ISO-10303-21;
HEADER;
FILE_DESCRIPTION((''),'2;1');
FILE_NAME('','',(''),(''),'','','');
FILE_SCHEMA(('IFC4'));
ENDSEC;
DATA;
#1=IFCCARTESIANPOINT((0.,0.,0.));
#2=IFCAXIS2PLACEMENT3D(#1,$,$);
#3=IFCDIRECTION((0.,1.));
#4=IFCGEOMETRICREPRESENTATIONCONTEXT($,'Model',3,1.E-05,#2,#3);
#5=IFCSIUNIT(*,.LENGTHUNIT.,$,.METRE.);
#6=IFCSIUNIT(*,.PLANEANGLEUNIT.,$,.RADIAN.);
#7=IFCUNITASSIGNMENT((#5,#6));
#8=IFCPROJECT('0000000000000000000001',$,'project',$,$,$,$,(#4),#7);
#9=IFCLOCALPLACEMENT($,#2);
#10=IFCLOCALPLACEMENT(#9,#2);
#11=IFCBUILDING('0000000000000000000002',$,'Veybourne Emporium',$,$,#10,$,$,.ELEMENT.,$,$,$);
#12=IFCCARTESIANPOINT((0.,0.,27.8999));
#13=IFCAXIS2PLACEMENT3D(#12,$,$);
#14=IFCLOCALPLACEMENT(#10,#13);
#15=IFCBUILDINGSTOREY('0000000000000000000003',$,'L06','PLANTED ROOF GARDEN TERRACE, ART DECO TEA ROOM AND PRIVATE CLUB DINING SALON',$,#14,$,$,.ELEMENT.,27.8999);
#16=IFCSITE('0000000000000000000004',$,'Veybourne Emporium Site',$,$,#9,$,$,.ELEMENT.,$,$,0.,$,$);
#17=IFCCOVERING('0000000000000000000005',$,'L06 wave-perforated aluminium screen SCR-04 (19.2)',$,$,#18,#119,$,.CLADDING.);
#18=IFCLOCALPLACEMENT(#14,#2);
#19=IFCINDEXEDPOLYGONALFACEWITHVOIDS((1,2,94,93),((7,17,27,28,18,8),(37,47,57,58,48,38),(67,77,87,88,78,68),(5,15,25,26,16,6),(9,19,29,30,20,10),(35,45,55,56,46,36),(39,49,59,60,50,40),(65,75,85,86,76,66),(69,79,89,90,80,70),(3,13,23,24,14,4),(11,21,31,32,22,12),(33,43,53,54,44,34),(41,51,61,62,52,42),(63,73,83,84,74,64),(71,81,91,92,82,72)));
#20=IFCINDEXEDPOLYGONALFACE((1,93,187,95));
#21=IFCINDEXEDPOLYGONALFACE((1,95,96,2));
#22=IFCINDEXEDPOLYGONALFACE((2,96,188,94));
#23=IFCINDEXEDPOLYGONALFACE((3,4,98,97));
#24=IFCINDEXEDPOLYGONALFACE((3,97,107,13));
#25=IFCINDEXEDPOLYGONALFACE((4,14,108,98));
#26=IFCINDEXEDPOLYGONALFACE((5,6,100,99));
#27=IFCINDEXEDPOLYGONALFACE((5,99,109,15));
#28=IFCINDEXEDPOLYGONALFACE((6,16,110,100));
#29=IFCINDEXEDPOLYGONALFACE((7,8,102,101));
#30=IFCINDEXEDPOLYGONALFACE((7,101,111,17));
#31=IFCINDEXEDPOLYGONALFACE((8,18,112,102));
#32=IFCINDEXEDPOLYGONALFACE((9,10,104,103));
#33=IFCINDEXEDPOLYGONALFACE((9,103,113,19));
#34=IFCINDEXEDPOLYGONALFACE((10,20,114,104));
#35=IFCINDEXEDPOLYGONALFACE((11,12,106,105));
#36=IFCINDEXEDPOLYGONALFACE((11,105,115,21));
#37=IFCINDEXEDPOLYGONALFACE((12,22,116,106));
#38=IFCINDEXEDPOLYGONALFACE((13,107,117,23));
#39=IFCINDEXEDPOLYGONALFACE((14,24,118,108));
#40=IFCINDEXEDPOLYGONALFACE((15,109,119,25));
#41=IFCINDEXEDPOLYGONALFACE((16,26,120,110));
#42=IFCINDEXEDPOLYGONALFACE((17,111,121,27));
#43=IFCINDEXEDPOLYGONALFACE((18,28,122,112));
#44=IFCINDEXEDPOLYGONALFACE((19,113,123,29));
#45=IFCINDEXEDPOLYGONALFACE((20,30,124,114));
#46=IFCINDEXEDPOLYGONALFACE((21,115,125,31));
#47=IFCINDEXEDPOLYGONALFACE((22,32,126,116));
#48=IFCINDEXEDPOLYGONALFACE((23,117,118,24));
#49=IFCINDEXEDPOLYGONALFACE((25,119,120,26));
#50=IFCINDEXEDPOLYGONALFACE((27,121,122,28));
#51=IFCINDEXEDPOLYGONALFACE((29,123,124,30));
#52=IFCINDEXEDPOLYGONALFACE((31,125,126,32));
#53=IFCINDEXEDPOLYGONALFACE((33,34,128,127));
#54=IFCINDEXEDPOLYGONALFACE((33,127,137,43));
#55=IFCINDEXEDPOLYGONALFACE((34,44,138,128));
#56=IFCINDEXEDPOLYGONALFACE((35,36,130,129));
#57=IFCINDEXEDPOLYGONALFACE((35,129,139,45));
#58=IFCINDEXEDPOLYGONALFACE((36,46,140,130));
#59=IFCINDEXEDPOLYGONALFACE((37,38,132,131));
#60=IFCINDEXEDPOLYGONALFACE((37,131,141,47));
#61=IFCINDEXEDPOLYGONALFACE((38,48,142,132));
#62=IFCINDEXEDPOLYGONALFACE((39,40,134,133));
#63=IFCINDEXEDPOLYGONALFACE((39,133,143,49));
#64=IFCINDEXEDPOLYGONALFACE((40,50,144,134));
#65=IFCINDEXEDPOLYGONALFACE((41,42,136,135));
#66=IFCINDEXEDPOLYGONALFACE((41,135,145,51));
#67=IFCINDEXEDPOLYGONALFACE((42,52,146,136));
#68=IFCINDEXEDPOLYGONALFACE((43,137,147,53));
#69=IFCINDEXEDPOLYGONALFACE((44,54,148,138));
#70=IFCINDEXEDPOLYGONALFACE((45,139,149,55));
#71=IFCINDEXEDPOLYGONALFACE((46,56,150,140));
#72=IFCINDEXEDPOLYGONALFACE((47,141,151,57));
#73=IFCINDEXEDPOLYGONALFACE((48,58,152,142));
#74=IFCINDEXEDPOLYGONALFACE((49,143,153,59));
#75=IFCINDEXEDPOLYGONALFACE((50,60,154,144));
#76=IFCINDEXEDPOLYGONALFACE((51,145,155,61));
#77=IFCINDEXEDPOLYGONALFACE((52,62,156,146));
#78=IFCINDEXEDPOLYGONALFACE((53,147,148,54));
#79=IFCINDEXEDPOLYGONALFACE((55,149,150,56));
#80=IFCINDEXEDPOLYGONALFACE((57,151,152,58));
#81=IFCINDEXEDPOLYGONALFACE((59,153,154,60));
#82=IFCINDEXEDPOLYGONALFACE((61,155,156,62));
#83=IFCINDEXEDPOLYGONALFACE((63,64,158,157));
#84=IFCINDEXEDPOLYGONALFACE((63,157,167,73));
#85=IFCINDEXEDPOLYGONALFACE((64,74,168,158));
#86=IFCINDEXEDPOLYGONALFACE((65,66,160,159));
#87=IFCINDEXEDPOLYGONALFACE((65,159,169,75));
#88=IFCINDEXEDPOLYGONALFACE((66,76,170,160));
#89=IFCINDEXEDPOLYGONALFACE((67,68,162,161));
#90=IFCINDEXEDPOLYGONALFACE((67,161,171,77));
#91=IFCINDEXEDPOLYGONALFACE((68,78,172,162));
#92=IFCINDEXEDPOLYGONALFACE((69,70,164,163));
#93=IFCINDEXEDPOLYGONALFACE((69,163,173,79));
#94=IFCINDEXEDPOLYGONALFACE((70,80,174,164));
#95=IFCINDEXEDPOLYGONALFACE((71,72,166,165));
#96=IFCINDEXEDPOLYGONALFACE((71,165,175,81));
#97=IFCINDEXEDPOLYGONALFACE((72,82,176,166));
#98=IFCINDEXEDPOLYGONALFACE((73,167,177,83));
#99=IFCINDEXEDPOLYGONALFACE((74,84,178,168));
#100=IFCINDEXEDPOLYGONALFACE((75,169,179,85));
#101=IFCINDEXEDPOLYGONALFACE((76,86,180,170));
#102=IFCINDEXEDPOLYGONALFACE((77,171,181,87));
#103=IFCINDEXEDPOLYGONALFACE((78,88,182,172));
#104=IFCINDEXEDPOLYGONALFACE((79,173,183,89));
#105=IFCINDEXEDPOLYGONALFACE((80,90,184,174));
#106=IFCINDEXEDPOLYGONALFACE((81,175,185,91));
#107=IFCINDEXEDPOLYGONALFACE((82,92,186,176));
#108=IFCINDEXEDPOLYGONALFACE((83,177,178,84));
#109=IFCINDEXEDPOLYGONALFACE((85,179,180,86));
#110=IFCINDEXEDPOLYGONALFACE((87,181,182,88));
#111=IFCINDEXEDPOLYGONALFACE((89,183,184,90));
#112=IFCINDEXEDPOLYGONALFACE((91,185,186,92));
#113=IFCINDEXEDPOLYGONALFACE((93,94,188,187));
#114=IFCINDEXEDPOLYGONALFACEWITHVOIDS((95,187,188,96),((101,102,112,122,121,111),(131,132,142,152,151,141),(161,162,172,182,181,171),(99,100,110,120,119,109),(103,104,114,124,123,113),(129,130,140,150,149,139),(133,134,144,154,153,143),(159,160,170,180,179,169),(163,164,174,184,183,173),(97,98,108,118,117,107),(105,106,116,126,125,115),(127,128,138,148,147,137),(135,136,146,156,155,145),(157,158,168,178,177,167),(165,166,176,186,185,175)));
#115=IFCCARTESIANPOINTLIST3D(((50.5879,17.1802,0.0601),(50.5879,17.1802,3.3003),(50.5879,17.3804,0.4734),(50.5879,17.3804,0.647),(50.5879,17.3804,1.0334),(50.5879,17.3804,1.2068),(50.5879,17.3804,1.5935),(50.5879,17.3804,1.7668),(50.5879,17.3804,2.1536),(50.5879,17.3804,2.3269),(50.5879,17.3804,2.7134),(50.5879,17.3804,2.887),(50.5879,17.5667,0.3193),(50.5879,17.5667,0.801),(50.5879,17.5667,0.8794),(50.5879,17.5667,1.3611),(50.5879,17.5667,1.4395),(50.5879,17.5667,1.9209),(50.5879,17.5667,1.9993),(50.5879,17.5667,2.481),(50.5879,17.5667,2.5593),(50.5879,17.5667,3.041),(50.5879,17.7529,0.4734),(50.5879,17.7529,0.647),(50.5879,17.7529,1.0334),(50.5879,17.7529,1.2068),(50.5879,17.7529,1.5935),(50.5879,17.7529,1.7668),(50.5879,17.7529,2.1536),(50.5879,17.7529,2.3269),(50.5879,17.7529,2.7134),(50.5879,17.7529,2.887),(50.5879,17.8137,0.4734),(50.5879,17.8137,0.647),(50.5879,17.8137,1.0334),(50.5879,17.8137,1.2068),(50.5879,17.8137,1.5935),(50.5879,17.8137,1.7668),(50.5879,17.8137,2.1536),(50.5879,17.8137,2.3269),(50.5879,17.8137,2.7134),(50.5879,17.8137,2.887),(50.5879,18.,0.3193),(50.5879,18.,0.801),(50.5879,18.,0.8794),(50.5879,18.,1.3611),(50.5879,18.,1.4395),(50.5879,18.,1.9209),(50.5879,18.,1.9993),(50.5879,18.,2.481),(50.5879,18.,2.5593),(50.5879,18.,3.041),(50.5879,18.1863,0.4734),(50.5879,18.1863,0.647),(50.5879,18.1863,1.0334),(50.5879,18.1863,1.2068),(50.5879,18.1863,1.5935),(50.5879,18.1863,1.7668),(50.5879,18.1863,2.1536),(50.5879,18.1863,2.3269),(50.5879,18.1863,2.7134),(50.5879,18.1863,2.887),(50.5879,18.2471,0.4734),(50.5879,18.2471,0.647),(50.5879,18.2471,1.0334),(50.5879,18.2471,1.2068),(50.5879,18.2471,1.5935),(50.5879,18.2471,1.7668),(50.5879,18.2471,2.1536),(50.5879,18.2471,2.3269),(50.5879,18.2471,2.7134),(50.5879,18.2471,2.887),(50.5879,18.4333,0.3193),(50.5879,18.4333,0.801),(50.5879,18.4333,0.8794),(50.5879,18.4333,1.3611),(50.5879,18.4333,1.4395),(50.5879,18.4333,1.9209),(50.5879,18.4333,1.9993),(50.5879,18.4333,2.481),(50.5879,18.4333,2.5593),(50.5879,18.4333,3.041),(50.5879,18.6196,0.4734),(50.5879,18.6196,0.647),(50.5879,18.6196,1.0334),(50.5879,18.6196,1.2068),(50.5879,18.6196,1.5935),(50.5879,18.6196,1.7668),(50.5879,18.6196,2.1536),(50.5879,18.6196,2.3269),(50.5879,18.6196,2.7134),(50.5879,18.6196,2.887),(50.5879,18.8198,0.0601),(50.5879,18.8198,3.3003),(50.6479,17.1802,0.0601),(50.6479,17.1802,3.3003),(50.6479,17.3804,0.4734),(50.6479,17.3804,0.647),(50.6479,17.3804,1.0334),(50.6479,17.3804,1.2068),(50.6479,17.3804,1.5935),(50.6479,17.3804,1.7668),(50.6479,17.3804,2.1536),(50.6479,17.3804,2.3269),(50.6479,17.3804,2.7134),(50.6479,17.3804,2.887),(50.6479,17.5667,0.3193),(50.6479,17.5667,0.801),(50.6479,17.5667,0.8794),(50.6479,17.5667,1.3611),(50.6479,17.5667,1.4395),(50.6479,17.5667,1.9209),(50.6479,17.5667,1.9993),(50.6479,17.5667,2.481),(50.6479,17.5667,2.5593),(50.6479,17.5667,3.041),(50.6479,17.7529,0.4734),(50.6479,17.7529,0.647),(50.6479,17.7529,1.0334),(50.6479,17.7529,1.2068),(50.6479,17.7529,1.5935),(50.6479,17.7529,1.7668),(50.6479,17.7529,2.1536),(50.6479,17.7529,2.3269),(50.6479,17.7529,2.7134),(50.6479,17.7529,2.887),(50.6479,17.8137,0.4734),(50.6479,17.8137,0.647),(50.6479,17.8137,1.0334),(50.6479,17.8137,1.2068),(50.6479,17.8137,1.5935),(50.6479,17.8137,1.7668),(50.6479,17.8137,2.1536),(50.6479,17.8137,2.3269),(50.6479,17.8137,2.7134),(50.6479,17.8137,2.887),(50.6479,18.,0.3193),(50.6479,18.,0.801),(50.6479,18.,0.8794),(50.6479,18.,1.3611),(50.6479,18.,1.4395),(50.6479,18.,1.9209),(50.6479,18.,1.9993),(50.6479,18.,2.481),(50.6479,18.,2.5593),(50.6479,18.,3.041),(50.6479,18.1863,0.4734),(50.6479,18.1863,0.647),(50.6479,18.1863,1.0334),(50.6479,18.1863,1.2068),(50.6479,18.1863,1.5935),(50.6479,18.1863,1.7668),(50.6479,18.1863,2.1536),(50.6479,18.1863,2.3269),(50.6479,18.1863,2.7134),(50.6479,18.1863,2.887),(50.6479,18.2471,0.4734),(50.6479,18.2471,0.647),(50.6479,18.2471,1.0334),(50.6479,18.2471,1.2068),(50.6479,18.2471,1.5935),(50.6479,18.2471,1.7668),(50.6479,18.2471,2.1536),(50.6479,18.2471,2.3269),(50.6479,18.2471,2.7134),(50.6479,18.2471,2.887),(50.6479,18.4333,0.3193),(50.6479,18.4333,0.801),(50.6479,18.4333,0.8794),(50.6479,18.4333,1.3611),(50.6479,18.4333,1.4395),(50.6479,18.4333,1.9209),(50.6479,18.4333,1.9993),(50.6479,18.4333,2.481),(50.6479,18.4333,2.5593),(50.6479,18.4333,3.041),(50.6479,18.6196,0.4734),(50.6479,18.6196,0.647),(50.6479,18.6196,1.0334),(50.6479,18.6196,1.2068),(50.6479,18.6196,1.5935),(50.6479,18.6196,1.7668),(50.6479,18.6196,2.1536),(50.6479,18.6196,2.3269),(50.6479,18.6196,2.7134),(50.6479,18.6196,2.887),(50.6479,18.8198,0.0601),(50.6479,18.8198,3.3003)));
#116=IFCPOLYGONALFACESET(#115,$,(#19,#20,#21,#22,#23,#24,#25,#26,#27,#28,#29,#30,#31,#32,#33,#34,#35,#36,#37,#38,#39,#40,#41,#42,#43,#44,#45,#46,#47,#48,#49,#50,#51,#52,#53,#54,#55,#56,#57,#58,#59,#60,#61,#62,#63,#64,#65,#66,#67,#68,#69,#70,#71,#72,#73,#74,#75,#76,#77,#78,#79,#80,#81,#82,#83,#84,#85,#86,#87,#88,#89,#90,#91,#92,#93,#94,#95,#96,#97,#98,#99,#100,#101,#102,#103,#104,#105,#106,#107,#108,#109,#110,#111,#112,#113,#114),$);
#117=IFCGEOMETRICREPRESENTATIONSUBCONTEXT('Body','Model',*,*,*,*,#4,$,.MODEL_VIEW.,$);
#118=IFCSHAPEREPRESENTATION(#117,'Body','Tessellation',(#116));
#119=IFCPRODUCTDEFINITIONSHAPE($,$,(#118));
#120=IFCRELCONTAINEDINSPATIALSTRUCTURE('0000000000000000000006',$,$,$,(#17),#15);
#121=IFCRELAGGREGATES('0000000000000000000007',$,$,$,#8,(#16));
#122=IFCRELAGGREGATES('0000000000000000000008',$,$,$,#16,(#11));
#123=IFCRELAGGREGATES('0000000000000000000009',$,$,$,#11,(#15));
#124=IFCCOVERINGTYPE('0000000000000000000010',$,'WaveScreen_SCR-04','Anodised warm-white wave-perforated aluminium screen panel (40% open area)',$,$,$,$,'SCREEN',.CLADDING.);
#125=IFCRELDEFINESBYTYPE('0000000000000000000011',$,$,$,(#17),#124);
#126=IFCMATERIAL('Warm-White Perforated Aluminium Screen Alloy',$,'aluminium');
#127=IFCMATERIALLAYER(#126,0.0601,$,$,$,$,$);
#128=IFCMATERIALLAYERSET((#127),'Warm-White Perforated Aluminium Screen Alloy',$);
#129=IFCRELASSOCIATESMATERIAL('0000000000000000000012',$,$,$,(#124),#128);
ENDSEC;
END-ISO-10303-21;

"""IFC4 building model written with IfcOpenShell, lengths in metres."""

from ifc_helpers import new_model, si_unit, direction, frame, origin, place, context, subcontext, project, spatial, polyline, outline, extrude, material, layer, layer_set, type_object, element, save


model = new_model("IFC4")

# Units and contexts
model_context = context("Model", 3, precision=1e-05, world=origin(), true_north=direction((0.0, 1.0)))
body_context = subcontext(model_context, "Body", "Model", "MODEL_VIEW")
ifc_project = project(units=[si_unit("LENGTHUNIT", "METRE"), si_unit("PLANEANGLEUNIT", "RADIAN")], contexts=[model_context])

# Site, building, storey
site_placement = place(None, origin())
site = spatial("IfcSite", under=ifc_project, at=site_placement, Name="Veybourne Emporium Site", CompositionType="ELEMENT", RefElevation=0.0)
building_placement = place(site_placement, origin())
building = spatial("IfcBuilding", under=site, at=building_placement, Name="Veybourne Emporium", CompositionType="ELEMENT")
storey_placement = place(building_placement, frame((0.0, 0.0, 27.8999)))
storey = spatial("IfcBuildingStorey", under=building, at=storey_placement, Name="L06", Description="PLANTED ROOF GARDEN TERRACE, ART DECO TEA ROOM AND PRIVATE CLUB DINING SALON", CompositionType="ELEMENT", Elevation=27.8999)

# Covering
ifc_material_1 = material(Name="Warm-White Perforated Aluminium Screen Alloy", Category="aluminium")
ifc_layer_1 = layer(ifc_material_1, 0.0601)
ifc_layer_set_1 = layer_set([ifc_layer_1], Name="Warm-White Perforated Aluminium Screen Alloy")
covering_type_1 = type_object("IfcCoveringType", Name="WaveScreen_SCR-04", Description="Anodised warm-white wave-perforated aluminium screen panel (40% open area)", ElementType="SCREEN", PredefinedType="CLADDING", material=ifc_layer_set_1)
covering_1_placement = place(storey_placement, frame((50.6479, 18.0, 1.6802), z_axis=(-1.0, 0.0, 0.0), x_axis=(0.0, -1.0, 0.0)))
element("IfcCovering", 1, at=covering_1_placement, inside=storey, type_object=covering_type_1, Name="L06 wave-perforated aluminium screen SCR-04 (19.2)", PredefinedType="CLADDING", context=body_context, shape_type="SweptSolid", body=[
    extrude(outline(polyline([(-0.8198, -1.6201), (0.8198, -1.6201), (0.8198, 1.6201), (-0.8198, 1.6201), (-0.8198, -1.6201)]), holes=[polyline([(-0.4333, -0.8792), (-0.2471, -1.0332), (-0.2471, -1.2068), (-0.4333, -1.3608), (-0.6196, -1.2068), (-0.6196, -1.0332), (-0.4333, -0.8792)]), polyline([(-0.4333, -0.3191), (-0.2471, -0.4734), (-0.2471, -0.6467), (-0.4333, -0.8008), (-0.6196, -0.6467), (-0.6196, -0.4734), (-0.4333, -0.3191)]), polyline([(-0.4333, 0.2407), (-0.2471, 0.0867), (-0.2471, -0.0867), (-0.4333, -0.2407), (-0.6196, -0.0867), (-0.6196, 0.0867), (-0.4333, 0.2407)]), polyline([(-0.4333, 0.8008), (-0.2471, 0.6467), (-0.2471, 0.4734), (-0.4333, 0.3191), (-0.6196, 0.4734), (-0.6196, 0.6467), (-0.4333, 0.8008)]), polyline([(-0.4333, 1.3608), (-0.2471, 1.2068), (-0.2471, 1.0332), (-0.4333, 0.8792), (-0.6196, 1.0332), (-0.6196, 1.2068), (-0.4333, 1.3608)]), polyline([(0.0, -0.8792), (0.1863, -1.0332), (0.1863, -1.2068), (0.0, -1.3608), (-0.1863, -1.2068), (-0.1863, -1.0332), (0.0, -0.8792)]), polyline([(0.0, -0.3191), (0.1863, -0.4734), (0.1863, -0.6467), (0.0, -0.8008), (-0.1863, -0.6467), (-0.1863, -0.4734), (0.0, -0.3191)]), polyline([(0.0, 0.2407), (0.1863, 0.0867), (0.1863, -0.0867), (0.0, -0.2407), (-0.1863, -0.0867), (-0.1863, 0.0867), (0.0, 0.2407)]), polyline([(0.0, 0.8008), (0.1863, 0.6467), (0.1863, 0.4734), (0.0, 0.3191), (-0.1863, 0.4734), (-0.1863, 0.6467), (0.0, 0.8008)]), polyline([(0.0, 1.3608), (0.1863, 1.2068), (0.1863, 1.0332), (0.0, 0.8792), (-0.1863, 1.0332), (-0.1863, 1.2068), (0.0, 1.3608)]), polyline([(0.4333, -0.8792), (0.6196, -1.0332), (0.6196, -1.2068), (0.4333, -1.3608), (0.2471, -1.2068), (0.2471, -1.0332), (0.4333, -0.8792)]), polyline([(0.4333, -0.3191), (0.6196, -0.4734), (0.6196, -0.6467), (0.4333, -0.8008), (0.2471, -0.6467), (0.2471, -0.4734), (0.4333, -0.3191)]), polyline([(0.4333, 0.2407), (0.6196, 0.0867), (0.6196, -0.0867), (0.4333, -0.2407), (0.2471, -0.0867), (0.2471, 0.0867), (0.4333, 0.2407)]), polyline([(0.4333, 0.8008), (0.6196, 0.6467), (0.6196, 0.4734), (0.4333, 0.3191), (0.2471, 0.4734), (0.2471, 0.6467), (0.4333, 0.8008)]), polyline([(0.4333, 1.3608), (0.6196, 1.2068), (0.6196, 1.0332), (0.4333, 0.8792), (0.2471, 1.0332), (0.2471, 1.2068), (0.4333, 1.3608)])]), origin(), (0.0, 0.0, 1.0), 0.0601),
])

save(model, "model.ifc")
